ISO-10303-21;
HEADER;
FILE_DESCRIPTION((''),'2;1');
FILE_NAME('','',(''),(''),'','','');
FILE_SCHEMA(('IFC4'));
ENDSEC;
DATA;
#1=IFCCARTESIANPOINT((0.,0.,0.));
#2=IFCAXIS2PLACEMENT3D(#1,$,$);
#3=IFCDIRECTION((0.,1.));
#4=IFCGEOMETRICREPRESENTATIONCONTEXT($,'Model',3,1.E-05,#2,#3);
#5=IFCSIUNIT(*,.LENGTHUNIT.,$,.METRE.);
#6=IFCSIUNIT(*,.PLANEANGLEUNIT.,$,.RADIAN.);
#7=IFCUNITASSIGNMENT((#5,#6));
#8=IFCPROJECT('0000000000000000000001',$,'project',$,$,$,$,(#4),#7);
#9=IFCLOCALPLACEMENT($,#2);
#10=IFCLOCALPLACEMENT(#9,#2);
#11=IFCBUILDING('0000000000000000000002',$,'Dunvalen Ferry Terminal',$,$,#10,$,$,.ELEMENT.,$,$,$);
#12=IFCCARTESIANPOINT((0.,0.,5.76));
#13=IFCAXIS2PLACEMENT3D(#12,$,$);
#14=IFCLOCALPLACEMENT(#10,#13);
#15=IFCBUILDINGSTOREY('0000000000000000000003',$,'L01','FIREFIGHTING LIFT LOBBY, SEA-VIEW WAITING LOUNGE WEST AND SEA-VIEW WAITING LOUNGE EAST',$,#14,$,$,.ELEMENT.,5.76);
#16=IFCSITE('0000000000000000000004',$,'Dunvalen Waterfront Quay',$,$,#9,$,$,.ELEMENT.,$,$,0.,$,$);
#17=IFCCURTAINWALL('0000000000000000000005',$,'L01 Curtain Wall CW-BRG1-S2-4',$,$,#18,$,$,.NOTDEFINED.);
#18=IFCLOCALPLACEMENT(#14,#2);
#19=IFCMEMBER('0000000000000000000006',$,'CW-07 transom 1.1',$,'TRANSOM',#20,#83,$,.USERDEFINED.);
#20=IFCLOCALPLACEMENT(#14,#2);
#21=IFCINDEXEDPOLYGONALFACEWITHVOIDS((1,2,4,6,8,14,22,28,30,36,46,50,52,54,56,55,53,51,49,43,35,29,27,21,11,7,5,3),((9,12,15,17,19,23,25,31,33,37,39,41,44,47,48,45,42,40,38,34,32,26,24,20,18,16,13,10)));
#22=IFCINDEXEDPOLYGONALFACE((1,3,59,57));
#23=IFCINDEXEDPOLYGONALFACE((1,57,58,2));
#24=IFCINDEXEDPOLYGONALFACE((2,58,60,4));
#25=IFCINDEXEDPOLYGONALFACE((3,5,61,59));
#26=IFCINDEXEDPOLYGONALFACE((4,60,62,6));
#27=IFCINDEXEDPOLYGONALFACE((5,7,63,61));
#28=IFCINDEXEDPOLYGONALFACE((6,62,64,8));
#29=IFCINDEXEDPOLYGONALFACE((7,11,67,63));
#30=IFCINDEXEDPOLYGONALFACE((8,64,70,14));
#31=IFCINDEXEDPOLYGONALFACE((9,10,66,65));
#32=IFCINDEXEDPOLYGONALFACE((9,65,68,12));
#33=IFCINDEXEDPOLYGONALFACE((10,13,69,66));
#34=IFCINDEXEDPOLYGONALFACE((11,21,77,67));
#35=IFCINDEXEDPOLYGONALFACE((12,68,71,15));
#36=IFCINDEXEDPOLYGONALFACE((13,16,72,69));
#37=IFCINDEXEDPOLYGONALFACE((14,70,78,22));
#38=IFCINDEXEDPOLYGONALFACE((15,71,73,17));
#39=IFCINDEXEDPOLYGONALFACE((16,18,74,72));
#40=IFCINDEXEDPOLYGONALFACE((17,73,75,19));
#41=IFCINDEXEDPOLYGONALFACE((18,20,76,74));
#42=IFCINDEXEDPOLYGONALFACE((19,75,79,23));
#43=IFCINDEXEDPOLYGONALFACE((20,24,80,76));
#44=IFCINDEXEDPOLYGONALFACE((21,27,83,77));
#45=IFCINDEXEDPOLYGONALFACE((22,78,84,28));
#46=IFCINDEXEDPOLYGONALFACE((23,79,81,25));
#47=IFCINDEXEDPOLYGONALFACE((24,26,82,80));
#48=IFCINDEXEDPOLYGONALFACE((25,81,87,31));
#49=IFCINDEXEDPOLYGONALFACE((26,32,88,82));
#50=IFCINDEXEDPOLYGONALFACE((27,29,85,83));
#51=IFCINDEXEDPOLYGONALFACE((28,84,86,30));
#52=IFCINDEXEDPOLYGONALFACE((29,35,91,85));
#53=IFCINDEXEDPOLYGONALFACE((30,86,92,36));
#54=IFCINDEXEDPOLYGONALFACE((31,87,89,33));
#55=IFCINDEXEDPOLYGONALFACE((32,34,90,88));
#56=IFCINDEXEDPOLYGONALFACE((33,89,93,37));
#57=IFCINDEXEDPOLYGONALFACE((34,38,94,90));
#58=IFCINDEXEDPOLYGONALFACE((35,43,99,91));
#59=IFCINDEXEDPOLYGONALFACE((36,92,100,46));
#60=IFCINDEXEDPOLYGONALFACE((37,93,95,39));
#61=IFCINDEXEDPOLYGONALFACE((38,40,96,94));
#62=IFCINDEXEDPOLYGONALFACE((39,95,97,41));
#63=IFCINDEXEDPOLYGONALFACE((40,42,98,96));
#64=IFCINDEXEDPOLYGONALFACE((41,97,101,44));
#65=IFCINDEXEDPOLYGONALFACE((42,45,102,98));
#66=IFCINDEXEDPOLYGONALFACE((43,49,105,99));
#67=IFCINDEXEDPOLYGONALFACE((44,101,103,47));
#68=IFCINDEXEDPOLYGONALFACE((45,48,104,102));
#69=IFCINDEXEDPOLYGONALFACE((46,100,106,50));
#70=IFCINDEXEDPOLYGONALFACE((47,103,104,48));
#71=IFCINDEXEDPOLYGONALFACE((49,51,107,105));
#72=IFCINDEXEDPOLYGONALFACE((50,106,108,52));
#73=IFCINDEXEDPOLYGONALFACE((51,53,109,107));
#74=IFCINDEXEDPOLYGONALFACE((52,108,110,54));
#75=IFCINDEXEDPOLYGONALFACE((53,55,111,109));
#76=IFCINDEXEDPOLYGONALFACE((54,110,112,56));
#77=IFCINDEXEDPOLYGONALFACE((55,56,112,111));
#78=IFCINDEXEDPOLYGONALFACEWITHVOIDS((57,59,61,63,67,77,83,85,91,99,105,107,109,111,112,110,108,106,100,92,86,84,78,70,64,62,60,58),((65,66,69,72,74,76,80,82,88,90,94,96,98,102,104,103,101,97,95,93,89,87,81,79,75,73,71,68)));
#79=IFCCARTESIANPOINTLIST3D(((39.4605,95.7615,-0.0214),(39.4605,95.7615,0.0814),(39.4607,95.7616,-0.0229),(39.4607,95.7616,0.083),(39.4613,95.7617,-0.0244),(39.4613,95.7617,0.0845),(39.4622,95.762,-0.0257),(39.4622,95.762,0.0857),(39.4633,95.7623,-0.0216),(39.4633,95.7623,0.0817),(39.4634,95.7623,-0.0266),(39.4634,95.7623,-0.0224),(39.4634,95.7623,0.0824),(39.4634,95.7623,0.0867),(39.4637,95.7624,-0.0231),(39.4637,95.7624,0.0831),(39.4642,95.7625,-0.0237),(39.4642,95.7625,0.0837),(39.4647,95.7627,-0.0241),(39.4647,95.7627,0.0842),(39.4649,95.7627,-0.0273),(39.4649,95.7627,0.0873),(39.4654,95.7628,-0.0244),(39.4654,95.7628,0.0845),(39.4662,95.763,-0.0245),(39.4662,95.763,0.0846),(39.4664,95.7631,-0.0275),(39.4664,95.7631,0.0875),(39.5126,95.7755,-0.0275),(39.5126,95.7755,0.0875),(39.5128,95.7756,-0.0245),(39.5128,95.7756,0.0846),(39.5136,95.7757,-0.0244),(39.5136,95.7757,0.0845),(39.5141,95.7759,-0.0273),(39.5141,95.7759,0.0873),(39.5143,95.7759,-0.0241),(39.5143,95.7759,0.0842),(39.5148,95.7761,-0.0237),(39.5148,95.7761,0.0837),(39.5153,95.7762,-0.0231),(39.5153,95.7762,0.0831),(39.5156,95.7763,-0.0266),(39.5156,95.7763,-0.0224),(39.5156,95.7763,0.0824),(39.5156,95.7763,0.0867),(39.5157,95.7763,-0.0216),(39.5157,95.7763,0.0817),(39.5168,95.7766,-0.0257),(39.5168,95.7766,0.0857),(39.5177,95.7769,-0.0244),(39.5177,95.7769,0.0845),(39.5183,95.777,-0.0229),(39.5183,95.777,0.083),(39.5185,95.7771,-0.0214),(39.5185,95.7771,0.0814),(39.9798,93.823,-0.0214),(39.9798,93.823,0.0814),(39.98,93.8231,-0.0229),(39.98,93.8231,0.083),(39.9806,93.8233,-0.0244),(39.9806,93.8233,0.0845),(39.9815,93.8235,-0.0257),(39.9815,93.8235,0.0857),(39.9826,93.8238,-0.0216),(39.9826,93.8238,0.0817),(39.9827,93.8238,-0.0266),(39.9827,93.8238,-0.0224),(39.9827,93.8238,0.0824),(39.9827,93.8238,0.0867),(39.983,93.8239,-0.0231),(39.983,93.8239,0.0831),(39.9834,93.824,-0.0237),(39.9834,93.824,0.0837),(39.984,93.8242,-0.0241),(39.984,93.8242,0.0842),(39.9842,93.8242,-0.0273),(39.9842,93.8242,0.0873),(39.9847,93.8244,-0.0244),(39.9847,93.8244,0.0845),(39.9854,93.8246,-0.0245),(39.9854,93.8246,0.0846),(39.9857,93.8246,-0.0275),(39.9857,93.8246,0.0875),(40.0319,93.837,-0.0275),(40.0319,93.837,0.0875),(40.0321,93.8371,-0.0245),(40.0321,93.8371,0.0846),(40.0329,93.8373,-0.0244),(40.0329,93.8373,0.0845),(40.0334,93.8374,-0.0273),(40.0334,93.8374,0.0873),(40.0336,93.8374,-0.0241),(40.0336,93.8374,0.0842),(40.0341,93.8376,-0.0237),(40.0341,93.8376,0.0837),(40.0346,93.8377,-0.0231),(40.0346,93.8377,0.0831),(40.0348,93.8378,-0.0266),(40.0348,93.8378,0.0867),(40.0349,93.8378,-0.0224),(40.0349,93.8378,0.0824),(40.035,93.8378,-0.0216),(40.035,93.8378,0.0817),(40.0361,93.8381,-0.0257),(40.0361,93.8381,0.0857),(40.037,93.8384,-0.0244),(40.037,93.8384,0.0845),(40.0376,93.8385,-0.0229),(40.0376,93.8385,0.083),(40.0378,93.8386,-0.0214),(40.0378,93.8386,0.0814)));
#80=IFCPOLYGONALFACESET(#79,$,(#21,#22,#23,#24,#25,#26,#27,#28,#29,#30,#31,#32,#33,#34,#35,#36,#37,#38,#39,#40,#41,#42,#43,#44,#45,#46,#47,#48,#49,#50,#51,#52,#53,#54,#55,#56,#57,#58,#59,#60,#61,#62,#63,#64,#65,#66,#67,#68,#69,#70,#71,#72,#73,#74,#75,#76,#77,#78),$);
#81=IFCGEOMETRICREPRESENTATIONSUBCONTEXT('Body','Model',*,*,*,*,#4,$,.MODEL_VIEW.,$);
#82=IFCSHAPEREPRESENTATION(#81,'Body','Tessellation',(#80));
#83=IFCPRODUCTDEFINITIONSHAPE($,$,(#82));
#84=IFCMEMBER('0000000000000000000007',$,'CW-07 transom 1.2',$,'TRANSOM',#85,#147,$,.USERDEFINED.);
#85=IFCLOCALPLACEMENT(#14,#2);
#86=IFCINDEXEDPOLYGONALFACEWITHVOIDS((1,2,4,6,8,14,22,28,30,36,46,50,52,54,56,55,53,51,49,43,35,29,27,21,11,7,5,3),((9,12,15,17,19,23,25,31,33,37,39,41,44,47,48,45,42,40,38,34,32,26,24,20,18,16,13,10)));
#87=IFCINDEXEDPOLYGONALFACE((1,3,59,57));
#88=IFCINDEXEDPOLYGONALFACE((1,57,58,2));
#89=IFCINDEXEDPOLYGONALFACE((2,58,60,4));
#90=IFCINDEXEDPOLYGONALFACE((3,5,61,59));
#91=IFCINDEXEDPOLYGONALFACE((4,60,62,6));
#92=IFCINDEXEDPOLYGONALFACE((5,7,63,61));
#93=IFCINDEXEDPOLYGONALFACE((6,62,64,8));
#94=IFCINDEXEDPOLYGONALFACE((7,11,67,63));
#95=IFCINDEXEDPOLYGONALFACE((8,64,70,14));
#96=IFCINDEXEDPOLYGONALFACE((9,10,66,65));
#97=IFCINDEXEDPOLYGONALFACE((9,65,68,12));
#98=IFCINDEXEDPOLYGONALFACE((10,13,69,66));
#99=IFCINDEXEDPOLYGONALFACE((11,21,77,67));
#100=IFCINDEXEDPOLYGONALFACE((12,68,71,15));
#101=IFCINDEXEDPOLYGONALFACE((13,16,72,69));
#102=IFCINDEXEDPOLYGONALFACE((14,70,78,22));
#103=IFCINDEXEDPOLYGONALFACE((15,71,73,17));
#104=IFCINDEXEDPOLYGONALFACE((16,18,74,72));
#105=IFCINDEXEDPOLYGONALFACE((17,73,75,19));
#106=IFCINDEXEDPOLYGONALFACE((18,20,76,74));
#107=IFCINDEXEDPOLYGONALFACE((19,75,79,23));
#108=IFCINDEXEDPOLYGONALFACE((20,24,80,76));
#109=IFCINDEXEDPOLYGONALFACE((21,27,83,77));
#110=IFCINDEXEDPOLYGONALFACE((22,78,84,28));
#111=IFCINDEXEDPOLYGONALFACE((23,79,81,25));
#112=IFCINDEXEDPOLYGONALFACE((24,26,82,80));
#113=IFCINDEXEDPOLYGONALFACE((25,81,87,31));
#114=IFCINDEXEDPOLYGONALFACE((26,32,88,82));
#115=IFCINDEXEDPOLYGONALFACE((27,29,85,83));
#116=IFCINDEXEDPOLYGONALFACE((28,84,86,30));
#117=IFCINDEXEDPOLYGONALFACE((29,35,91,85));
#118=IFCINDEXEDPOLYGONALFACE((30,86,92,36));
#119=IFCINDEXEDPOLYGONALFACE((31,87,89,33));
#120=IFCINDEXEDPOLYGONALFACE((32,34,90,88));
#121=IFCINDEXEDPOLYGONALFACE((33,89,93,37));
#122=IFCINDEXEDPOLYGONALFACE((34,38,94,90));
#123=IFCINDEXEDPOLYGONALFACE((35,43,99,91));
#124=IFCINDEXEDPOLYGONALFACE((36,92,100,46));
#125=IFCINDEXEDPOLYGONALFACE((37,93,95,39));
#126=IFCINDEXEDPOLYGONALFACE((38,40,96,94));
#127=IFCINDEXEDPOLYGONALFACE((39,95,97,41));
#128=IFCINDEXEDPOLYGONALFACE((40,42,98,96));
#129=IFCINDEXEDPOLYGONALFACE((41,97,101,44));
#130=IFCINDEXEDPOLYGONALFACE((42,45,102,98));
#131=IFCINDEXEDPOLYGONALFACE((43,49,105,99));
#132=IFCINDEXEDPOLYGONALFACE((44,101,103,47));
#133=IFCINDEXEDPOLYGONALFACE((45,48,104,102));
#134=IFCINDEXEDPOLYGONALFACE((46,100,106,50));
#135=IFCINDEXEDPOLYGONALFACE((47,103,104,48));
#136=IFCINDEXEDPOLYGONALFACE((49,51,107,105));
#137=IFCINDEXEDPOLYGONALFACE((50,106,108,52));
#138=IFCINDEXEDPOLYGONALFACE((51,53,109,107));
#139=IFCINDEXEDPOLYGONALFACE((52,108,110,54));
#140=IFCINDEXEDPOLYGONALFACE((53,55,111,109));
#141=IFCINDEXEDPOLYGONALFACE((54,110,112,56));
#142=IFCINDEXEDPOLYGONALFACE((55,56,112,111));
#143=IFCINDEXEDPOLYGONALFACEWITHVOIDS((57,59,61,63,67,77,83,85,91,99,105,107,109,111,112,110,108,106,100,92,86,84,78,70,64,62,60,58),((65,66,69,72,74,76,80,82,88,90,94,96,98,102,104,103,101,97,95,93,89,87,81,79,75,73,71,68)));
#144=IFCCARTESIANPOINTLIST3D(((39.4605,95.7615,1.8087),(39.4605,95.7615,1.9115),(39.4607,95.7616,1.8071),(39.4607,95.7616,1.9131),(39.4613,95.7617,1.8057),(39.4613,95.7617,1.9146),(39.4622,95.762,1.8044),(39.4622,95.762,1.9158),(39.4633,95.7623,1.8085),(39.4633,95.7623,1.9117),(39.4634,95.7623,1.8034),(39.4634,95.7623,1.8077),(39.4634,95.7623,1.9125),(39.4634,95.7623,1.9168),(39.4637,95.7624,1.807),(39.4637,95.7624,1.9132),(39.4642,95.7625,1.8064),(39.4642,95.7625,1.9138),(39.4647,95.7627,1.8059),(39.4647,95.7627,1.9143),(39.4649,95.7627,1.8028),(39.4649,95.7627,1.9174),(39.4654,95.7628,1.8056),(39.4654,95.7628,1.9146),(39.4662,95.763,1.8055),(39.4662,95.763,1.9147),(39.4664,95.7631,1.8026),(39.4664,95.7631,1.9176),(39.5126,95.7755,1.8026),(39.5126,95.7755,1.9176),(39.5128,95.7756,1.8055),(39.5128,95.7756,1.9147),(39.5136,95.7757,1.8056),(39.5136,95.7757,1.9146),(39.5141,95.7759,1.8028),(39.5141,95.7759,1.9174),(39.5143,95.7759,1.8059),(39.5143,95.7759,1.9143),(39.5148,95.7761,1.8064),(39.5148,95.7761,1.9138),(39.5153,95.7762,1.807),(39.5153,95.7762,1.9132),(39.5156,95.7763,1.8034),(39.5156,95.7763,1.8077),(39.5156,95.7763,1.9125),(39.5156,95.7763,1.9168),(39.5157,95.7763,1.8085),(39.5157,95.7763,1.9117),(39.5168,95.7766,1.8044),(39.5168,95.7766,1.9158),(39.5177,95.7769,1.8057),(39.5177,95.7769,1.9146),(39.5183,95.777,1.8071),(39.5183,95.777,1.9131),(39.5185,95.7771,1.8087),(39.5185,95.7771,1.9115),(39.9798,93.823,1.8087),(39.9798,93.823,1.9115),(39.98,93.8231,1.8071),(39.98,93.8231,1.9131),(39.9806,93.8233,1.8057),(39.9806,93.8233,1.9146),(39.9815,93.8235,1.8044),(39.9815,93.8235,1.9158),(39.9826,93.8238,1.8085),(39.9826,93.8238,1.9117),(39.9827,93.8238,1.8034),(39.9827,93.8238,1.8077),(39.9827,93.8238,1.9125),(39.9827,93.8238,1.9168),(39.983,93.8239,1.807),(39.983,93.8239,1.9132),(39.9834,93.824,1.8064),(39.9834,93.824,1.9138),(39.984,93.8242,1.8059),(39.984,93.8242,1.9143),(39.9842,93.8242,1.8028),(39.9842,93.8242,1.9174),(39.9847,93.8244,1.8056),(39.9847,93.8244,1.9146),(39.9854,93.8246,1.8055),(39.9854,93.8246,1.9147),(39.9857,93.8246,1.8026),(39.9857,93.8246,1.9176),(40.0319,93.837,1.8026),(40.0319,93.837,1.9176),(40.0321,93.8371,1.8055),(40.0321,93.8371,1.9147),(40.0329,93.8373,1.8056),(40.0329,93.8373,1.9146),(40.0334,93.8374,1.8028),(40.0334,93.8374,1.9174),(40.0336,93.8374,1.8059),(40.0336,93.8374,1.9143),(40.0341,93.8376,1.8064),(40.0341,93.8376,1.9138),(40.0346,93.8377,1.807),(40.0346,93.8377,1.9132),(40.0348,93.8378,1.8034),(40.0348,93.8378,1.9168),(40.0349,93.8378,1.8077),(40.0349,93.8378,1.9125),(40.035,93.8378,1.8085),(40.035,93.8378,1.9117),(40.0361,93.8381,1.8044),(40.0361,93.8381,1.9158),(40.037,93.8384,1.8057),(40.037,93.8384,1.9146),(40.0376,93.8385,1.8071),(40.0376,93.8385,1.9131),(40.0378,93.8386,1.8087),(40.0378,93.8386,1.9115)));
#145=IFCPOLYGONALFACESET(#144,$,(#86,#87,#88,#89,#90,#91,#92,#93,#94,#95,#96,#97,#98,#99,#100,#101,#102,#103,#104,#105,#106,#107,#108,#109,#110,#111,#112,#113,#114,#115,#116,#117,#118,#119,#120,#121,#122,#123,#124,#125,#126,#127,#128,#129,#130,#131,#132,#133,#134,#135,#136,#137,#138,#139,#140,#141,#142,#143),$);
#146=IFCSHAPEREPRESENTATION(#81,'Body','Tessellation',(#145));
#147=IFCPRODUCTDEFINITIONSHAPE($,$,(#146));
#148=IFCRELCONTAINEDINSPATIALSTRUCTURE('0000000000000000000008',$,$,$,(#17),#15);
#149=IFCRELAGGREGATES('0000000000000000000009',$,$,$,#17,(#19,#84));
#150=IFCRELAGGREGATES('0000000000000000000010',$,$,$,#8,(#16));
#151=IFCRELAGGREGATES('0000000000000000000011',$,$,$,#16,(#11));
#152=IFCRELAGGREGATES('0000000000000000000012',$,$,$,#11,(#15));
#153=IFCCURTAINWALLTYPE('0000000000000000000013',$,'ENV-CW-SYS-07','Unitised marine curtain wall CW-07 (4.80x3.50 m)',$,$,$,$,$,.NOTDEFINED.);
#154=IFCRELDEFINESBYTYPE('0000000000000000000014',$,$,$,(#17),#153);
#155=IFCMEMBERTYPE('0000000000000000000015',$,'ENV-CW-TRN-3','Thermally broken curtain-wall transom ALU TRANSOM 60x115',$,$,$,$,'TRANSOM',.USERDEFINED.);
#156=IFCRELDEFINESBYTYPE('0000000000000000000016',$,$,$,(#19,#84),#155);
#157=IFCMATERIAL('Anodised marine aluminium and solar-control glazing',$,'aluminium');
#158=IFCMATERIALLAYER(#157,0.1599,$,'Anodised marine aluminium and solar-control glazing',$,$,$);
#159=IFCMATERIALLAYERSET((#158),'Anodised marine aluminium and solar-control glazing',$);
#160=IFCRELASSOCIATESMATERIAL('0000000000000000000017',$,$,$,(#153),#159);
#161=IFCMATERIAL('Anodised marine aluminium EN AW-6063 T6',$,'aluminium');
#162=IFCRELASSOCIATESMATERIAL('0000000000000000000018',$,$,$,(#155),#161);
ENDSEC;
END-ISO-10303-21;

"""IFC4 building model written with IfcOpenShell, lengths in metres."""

from ifc_helpers import new_model, si_unit, direction, frame, origin, origin_2d, place, context, subcontext, project, spatial, hollow_rectangle, extrude, material, layer, layer_set, material_profile, profile_set, type_object, element, aggregate, save


model = new_model("IFC4")

# Units and contexts
model_context = context("Model", 3, precision=1e-05, world=origin(), true_north=direction((0.0, 1.0)))
body_context = subcontext(model_context, "Body", "Model", "MODEL_VIEW")
ifc_project = project(units=[si_unit("LENGTHUNIT", "METRE"), si_unit("PLANEANGLEUNIT", "RADIAN")], contexts=[model_context])

# Site, building, storey
site_placement = place(None, origin())
site = spatial("IfcSite", under=ifc_project, at=site_placement, Name="Dunvalen Waterfront Quay", CompositionType="ELEMENT", RefElevation=0.0)
building_placement = place(site_placement, origin())
building = spatial("IfcBuilding", under=site, at=building_placement, Name="Dunvalen Ferry Terminal", CompositionType="ELEMENT")
storey_placement = place(building_placement, frame((0.0, 0.0, 5.76)))
storey = spatial("IfcBuildingStorey", under=building, at=storey_placement, Name="L01", Description="FIREFIGHTING LIFT LOBBY, SEA-VIEW WAITING LOUNGE WEST AND SEA-VIEW WAITING LOUNGE EAST", CompositionType="ELEMENT", Elevation=5.76)

# Shared definitions
ifc_material_1 = material(Name="Anodised marine aluminium and solar-control glazing", Category="aluminium")
ifc_layer_1 = layer(ifc_material_1, 0.1599, Name="Anodised marine aluminium and solar-control glazing")
ifc_layer_set_1 = layer_set([ifc_layer_1], Name="Anodised marine aluminium and solar-control glazing")
curtain_wall_type = type_object("IfcCurtainWallType", Name="ENV-CW-SYS-07", Description="Unitised marine curtain wall CW-07 (4.80x3.50 m)", PredefinedType="NOTDEFINED", material=ifc_layer_set_1)
ifc_material_2 = material(Name="Anodised marine aluminium EN AW-6063 T6", Category="aluminium")

# Curtain wall
curtain_wall_1_placement = place(storey_placement, origin())
curtain_wall_1 = element("IfcCurtainWall", 1, at=curtain_wall_1_placement, inside=storey, type_object=curtain_wall_type, Name="L01 Curtain Wall CW-BRG1-S2-4", PredefinedType="NOTDEFINED")

# Members
ifc_material_profile_1 = material_profile(ifc_material_2, hollow_rectangle(XDim=0.0601, YDim=0.115, WallThickness=0.0029, InnerFilletRadius=0.0029, OuterFilletRadius=0.0061, at=origin_2d()), Name="Anodised marine aluminium EN AW-6063 T6")
ifc_profile_set_1 = profile_set([ifc_material_profile_1], Name="Anodised marine aluminium EN AW-6063 T6")
member_type_1 = type_object("IfcMemberType", Name="ENV-CW-TRN-3", Description="Thermally broken curtain-wall transom ALU TRANSOM 60x115", ElementType="TRANSOM", PredefinedType="USERDEFINED", material=ifc_profile_set_1)
member_1_placement = place(storey_placement, frame((40.0088, 93.8308, 0.03), z_axis=(-0.25876, 0.965942, 0.0), x_axis=(-0.965942, -0.25876, 0.0)))
member_1 = element("IfcMember", 2, at=member_1_placement, type_object=member_type_1, Name="CW-07 transom 1.1", ObjectType="TRANSOM", PredefinedType="USERDEFINED", context=body_context, shape_type="SweptSolid", body=[
    extrude(hollow_rectangle(XDim=0.0601, YDim=0.115, WallThickness=0.0029, InnerFilletRadius=0.0029, OuterFilletRadius=0.0061, at=origin_2d()), origin(), (0.0, 0.0, 1.0), 2.0068),
])
member_2_placement = place(storey_placement, frame((40.0088, 93.8308, 1.8601), z_axis=(-0.25876, 0.965942, 0.0), x_axis=(-0.965942, -0.25876, 0.0)))
member_2 = element("IfcMember", 3, at=member_2_placement, type_object=member_type_1, Name="CW-07 transom 1.2", ObjectType="TRANSOM", PredefinedType="USERDEFINED", context=body_context, shape_type="SweptSolid", body=[
    extrude(hollow_rectangle(XDim=0.0601, YDim=0.115, WallThickness=0.0029, InnerFilletRadius=0.0029, OuterFilletRadius=0.0061, at=origin_2d()), origin(), (0.0, 0.0, 1.0), 2.0068),
])

aggregate(curtain_wall_1, [member_1, member_2])

save(model, "model.ifc")
